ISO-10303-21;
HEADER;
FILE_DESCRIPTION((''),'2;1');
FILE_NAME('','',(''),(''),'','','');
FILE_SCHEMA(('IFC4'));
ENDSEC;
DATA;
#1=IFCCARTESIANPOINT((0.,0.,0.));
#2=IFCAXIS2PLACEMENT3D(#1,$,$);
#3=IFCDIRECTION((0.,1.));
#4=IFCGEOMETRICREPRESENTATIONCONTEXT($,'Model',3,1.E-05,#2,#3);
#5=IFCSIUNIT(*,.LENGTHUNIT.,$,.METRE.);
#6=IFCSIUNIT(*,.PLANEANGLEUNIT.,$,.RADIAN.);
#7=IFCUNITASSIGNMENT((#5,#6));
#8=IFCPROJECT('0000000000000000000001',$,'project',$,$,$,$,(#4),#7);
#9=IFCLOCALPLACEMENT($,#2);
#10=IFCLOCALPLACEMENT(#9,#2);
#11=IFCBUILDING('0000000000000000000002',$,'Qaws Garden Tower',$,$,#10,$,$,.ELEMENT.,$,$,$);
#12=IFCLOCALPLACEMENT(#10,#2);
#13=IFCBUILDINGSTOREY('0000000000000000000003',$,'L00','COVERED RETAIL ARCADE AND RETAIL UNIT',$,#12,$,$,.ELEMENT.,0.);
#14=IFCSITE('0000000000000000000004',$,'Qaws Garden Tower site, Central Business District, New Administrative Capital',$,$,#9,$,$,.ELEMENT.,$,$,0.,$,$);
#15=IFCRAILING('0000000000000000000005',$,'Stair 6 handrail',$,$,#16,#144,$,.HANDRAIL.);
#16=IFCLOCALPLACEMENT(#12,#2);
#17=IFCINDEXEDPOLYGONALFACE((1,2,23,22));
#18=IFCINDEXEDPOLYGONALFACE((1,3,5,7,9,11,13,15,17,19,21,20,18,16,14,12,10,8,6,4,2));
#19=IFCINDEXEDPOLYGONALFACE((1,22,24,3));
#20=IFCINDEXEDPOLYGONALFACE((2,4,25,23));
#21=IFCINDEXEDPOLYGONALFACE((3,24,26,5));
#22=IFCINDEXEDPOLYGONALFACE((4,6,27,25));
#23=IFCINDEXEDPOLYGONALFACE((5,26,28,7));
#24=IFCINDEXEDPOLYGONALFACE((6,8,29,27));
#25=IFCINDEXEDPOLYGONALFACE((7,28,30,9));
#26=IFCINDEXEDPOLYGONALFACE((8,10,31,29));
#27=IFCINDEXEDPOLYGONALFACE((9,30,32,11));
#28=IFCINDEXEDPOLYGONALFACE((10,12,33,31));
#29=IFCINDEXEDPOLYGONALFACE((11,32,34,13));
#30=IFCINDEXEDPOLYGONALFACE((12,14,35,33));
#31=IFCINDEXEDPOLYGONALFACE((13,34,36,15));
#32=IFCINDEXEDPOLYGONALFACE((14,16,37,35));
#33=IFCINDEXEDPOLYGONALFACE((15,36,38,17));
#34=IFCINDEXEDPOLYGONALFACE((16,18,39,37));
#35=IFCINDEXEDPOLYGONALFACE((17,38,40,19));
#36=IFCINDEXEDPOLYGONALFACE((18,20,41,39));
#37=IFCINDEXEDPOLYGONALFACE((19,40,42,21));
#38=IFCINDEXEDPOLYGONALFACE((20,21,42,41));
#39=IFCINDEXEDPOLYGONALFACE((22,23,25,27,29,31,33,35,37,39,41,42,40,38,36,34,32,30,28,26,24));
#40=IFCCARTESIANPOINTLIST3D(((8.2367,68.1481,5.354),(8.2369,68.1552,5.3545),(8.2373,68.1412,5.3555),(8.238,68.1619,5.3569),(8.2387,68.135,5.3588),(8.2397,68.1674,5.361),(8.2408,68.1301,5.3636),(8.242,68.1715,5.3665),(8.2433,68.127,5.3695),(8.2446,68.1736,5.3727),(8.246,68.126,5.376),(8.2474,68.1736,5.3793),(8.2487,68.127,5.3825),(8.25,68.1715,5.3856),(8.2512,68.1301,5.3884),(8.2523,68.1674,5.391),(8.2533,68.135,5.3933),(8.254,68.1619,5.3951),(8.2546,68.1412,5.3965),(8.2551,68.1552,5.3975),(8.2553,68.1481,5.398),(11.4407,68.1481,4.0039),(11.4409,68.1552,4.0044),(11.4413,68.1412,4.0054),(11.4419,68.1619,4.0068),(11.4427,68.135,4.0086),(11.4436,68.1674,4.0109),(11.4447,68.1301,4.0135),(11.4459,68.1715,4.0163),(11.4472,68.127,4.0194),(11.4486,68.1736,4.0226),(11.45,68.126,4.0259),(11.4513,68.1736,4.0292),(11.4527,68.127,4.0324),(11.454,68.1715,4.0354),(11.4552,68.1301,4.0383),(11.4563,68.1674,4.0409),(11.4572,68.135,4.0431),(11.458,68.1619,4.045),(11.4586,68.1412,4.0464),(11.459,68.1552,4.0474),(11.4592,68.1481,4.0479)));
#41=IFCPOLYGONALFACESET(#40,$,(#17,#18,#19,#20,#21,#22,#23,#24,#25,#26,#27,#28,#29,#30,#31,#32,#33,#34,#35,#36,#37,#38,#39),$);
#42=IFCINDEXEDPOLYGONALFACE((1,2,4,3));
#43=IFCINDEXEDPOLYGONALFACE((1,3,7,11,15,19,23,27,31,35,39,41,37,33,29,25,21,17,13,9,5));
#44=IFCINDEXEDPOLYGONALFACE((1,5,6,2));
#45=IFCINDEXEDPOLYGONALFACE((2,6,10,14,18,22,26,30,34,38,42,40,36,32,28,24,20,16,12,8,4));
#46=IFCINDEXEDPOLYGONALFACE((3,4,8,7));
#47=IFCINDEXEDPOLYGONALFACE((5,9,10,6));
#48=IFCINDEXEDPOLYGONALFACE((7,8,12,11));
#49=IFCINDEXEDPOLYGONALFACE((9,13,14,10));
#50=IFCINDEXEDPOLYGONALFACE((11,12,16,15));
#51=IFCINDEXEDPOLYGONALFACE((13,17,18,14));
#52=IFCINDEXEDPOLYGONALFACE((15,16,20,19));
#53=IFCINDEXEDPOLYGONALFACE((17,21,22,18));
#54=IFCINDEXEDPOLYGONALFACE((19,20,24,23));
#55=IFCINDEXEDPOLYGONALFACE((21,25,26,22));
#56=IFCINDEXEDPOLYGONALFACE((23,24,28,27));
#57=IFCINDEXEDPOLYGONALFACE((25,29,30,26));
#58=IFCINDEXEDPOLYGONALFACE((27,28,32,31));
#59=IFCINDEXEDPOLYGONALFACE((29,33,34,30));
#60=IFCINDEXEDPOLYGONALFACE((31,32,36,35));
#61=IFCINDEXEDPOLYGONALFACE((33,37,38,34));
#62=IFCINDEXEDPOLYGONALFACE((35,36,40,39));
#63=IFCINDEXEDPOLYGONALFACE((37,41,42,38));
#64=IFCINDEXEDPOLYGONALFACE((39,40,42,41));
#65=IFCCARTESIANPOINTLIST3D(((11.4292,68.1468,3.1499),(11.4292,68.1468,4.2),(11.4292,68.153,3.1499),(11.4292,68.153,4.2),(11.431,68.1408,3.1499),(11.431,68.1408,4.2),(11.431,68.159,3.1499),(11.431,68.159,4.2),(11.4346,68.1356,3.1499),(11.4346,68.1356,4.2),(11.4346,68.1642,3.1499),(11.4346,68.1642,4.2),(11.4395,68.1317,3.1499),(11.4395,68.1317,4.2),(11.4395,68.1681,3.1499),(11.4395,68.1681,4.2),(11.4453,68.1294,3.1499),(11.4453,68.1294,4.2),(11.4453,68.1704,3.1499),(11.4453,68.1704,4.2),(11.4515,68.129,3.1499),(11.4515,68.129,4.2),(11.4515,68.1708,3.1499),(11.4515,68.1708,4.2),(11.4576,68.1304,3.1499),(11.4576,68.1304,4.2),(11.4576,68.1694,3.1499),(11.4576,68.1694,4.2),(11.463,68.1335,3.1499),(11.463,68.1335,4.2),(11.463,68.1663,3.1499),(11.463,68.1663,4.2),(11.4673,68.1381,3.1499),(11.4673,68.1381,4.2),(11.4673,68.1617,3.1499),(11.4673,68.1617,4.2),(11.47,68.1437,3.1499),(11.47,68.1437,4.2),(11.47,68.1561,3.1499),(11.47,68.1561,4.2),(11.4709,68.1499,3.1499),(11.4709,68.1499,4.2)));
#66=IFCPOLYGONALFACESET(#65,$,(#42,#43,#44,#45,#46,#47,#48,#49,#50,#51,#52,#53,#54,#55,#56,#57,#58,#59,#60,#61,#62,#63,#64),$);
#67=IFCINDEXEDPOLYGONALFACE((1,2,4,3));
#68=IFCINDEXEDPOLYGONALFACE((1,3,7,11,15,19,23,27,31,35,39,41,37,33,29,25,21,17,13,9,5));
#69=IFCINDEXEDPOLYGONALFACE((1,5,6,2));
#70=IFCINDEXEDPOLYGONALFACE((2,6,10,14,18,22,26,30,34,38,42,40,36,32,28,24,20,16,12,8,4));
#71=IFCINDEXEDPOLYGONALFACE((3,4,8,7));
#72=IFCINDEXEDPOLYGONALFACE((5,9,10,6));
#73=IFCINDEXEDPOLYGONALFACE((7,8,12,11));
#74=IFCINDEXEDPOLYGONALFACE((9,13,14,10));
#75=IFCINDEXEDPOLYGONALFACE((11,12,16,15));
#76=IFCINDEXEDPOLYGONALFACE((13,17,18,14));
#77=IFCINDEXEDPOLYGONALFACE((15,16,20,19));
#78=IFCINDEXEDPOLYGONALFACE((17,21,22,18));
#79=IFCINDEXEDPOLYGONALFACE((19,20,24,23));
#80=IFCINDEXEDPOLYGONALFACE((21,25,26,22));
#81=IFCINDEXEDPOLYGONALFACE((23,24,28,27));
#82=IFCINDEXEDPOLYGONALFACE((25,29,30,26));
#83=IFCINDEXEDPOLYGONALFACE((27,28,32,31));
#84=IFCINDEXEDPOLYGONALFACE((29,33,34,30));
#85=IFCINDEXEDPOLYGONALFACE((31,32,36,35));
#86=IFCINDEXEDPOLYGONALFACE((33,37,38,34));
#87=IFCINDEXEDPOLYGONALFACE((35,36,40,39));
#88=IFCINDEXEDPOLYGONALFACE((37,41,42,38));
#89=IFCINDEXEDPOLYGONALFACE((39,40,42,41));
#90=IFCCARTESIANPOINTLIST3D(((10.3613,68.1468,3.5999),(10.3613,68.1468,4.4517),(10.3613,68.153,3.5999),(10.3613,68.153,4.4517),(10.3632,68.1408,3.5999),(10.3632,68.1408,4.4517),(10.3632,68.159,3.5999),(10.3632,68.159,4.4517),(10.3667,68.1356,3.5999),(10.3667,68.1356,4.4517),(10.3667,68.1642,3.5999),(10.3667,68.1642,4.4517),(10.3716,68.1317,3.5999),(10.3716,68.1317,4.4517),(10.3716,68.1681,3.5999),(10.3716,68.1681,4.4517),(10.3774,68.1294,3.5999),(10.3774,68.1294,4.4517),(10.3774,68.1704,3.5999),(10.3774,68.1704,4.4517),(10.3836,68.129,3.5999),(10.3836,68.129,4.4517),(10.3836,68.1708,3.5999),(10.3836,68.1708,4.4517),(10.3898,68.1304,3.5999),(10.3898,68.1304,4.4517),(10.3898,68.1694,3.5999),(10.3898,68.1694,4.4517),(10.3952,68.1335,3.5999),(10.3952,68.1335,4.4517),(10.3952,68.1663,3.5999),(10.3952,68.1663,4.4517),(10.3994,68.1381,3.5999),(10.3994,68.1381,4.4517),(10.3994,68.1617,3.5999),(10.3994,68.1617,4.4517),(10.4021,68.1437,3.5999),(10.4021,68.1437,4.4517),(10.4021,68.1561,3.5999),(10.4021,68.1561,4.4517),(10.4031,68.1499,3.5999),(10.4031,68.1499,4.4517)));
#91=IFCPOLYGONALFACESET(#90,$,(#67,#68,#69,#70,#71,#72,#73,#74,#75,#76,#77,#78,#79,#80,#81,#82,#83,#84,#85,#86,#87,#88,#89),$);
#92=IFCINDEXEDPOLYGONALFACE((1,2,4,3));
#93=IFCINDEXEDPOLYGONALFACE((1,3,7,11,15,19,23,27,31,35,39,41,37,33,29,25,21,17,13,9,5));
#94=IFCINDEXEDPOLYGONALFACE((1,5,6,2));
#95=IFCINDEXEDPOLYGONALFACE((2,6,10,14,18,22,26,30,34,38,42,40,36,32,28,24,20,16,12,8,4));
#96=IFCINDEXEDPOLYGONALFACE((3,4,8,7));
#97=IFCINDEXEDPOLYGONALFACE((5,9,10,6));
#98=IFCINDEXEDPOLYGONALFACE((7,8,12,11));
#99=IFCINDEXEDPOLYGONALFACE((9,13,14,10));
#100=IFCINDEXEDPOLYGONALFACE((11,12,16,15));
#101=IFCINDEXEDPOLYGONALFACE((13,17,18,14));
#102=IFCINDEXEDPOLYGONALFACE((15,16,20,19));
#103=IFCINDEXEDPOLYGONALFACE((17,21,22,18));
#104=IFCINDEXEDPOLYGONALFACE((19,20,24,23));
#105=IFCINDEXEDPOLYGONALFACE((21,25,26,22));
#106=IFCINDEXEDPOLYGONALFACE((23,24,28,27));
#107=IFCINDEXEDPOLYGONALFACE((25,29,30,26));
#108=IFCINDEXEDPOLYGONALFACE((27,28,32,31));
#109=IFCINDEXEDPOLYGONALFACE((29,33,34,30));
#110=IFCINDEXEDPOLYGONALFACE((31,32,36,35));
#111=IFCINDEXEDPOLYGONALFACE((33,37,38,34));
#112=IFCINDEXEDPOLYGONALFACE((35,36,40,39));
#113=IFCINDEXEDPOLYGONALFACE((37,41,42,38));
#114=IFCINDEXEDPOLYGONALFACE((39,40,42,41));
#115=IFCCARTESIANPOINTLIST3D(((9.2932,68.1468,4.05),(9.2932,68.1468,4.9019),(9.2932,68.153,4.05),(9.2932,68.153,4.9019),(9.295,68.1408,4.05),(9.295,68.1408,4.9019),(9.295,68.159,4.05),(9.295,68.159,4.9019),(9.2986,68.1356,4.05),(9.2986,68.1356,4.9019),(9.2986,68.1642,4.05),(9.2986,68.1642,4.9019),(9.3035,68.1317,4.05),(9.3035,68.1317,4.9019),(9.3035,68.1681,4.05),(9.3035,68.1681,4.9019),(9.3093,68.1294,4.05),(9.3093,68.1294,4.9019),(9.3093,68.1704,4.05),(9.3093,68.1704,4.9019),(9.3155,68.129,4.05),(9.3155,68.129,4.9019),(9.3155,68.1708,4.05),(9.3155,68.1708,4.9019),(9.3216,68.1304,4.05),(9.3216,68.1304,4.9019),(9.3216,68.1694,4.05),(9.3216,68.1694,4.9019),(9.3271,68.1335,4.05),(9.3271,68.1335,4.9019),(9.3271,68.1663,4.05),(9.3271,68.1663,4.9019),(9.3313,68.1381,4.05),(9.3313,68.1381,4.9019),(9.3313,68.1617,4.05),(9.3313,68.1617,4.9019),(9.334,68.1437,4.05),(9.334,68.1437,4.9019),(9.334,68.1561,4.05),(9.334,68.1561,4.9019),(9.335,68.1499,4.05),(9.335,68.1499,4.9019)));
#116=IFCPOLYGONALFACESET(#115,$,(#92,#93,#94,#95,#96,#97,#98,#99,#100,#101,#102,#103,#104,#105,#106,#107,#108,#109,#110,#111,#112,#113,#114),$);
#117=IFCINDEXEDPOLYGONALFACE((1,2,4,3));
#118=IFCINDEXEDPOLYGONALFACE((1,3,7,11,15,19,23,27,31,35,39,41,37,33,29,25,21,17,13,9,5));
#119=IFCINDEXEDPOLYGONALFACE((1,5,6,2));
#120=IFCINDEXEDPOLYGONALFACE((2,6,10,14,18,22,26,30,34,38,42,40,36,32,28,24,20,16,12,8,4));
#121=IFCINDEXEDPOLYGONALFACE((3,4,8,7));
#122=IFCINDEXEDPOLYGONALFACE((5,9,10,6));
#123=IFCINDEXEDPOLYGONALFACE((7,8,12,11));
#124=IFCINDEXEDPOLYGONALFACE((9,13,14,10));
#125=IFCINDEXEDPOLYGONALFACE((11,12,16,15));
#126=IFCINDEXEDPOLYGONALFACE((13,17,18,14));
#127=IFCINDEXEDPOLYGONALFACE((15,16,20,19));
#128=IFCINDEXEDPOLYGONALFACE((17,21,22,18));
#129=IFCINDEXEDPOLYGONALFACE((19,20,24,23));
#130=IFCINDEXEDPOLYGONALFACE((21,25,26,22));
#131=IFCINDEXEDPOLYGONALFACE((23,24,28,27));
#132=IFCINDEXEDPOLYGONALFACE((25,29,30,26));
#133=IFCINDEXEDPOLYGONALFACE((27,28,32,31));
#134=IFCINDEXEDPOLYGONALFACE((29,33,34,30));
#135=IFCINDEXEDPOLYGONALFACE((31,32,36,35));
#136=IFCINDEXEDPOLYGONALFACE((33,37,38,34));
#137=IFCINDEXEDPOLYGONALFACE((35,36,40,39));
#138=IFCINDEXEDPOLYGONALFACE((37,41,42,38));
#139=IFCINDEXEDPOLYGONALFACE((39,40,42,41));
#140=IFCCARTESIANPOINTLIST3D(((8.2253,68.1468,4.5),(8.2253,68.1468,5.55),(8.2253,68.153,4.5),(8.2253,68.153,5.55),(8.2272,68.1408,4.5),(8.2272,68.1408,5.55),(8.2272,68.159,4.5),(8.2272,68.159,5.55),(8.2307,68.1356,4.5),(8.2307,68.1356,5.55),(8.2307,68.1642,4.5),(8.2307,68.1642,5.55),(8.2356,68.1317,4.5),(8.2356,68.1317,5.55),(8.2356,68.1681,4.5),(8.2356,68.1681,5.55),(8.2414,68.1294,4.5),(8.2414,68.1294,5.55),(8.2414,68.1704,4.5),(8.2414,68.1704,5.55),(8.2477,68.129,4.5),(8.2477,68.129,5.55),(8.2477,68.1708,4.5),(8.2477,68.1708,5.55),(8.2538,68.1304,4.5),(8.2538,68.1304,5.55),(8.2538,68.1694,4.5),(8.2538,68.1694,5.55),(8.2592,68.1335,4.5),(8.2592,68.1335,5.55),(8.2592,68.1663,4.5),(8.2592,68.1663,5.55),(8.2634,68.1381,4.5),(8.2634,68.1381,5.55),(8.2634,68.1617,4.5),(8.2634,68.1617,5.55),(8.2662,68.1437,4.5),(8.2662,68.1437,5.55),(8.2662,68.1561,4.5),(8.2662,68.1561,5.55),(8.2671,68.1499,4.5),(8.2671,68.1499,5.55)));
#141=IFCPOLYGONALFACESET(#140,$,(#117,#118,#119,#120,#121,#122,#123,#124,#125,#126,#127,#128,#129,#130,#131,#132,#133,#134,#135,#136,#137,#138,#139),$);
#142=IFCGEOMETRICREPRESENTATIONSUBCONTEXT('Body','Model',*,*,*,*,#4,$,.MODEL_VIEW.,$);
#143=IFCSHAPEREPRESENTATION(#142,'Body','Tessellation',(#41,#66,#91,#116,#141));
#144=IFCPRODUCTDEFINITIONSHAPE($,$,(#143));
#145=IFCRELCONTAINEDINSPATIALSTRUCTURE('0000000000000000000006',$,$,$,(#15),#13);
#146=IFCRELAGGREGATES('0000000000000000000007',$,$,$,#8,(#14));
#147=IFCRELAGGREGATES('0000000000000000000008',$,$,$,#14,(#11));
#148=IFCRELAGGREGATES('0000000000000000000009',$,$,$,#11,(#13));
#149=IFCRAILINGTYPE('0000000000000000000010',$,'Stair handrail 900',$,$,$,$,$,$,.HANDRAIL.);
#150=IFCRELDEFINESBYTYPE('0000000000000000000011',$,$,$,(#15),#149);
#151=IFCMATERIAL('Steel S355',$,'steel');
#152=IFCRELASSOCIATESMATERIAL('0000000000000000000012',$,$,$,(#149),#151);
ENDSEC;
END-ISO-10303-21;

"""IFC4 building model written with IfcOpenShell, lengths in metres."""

from ifc_helpers import new_model, si_unit, direction, frame, origin, origin_2d, place, context, subcontext, project, spatial, circle, extrude, material, type_object, element, save


model = new_model("IFC4")

# Units and contexts
model_context = context("Model", 3, precision=1e-05, world=origin(), true_north=direction((0.0, 1.0)))
body_context = subcontext(model_context, "Body", "Model", "MODEL_VIEW")
ifc_project = project(units=[si_unit("LENGTHUNIT", "METRE"), si_unit("PLANEANGLEUNIT", "RADIAN")], contexts=[model_context])

# Site, building, storey
site_placement = place(None, origin())
site = spatial("IfcSite", under=ifc_project, at=site_placement, Name="Qaws Garden Tower site, Central Business District, New Administrative Capital", CompositionType="ELEMENT", RefElevation=0.0)
building_placement = place(site_placement, origin())
building = spatial("IfcBuilding", under=site, at=building_placement, Name="Qaws Garden Tower", CompositionType="ELEMENT")
storey_placement = place(building_placement, origin())
storey = spatial("IfcBuildingStorey", under=building, at=storey_placement, Name="L00", Description="COVERED RETAIL ARCADE AND RETAIL UNIT", CompositionType="ELEMENT", Elevation=0.0)

# Railing
ifc_material_1 = material(Name="Steel S355", Category="steel")
railing_type = type_object("IfcRailingType", Name="Stair handrail 900", PredefinedType="HANDRAIL", material=ifc_material_1)
for number, where, name in (
    (1, (11.45, 68.1499, 3.1499), "Stair 6 handrail"),
):
    element("IfcRailing", number, at=place(storey_placement, frame(where)), inside=storey, type_object=railing_type, Name=name, PredefinedType="HANDRAIL", context=body_context, shape_type="SweptSolid", body=[
        extrude(circle(Radius=0.0239, at=origin_2d()), frame((0.0, 0.0, 0.876), z_axis=(-0.921522, 0.0, 0.388327), x_axis=(0.0, -1.0, 0.0)), (0.0, 0.0, 1.0), 3.4768),
        extrude(circle(Radius=0.021, at=origin_2d()), origin(), (0.0, 0.0, 1.0), 1.05),
        extrude(circle(Radius=0.021, at=origin_2d()), frame((-1.0679, 0.0, 0.45)), (0.0, 0.0, 1.0), 0.8518),
        extrude(circle(Radius=0.021, at=origin_2d()), frame((-2.136, 0.0, 0.9001)), (0.0, 0.0, 1.0), 0.8518),
        extrude(circle(Radius=0.021, at=origin_2d()), frame((-3.2039, 0.0, 1.3501)), (0.0, 0.0, 1.0), 1.05),
    ])

save(model, "model.ifc")
